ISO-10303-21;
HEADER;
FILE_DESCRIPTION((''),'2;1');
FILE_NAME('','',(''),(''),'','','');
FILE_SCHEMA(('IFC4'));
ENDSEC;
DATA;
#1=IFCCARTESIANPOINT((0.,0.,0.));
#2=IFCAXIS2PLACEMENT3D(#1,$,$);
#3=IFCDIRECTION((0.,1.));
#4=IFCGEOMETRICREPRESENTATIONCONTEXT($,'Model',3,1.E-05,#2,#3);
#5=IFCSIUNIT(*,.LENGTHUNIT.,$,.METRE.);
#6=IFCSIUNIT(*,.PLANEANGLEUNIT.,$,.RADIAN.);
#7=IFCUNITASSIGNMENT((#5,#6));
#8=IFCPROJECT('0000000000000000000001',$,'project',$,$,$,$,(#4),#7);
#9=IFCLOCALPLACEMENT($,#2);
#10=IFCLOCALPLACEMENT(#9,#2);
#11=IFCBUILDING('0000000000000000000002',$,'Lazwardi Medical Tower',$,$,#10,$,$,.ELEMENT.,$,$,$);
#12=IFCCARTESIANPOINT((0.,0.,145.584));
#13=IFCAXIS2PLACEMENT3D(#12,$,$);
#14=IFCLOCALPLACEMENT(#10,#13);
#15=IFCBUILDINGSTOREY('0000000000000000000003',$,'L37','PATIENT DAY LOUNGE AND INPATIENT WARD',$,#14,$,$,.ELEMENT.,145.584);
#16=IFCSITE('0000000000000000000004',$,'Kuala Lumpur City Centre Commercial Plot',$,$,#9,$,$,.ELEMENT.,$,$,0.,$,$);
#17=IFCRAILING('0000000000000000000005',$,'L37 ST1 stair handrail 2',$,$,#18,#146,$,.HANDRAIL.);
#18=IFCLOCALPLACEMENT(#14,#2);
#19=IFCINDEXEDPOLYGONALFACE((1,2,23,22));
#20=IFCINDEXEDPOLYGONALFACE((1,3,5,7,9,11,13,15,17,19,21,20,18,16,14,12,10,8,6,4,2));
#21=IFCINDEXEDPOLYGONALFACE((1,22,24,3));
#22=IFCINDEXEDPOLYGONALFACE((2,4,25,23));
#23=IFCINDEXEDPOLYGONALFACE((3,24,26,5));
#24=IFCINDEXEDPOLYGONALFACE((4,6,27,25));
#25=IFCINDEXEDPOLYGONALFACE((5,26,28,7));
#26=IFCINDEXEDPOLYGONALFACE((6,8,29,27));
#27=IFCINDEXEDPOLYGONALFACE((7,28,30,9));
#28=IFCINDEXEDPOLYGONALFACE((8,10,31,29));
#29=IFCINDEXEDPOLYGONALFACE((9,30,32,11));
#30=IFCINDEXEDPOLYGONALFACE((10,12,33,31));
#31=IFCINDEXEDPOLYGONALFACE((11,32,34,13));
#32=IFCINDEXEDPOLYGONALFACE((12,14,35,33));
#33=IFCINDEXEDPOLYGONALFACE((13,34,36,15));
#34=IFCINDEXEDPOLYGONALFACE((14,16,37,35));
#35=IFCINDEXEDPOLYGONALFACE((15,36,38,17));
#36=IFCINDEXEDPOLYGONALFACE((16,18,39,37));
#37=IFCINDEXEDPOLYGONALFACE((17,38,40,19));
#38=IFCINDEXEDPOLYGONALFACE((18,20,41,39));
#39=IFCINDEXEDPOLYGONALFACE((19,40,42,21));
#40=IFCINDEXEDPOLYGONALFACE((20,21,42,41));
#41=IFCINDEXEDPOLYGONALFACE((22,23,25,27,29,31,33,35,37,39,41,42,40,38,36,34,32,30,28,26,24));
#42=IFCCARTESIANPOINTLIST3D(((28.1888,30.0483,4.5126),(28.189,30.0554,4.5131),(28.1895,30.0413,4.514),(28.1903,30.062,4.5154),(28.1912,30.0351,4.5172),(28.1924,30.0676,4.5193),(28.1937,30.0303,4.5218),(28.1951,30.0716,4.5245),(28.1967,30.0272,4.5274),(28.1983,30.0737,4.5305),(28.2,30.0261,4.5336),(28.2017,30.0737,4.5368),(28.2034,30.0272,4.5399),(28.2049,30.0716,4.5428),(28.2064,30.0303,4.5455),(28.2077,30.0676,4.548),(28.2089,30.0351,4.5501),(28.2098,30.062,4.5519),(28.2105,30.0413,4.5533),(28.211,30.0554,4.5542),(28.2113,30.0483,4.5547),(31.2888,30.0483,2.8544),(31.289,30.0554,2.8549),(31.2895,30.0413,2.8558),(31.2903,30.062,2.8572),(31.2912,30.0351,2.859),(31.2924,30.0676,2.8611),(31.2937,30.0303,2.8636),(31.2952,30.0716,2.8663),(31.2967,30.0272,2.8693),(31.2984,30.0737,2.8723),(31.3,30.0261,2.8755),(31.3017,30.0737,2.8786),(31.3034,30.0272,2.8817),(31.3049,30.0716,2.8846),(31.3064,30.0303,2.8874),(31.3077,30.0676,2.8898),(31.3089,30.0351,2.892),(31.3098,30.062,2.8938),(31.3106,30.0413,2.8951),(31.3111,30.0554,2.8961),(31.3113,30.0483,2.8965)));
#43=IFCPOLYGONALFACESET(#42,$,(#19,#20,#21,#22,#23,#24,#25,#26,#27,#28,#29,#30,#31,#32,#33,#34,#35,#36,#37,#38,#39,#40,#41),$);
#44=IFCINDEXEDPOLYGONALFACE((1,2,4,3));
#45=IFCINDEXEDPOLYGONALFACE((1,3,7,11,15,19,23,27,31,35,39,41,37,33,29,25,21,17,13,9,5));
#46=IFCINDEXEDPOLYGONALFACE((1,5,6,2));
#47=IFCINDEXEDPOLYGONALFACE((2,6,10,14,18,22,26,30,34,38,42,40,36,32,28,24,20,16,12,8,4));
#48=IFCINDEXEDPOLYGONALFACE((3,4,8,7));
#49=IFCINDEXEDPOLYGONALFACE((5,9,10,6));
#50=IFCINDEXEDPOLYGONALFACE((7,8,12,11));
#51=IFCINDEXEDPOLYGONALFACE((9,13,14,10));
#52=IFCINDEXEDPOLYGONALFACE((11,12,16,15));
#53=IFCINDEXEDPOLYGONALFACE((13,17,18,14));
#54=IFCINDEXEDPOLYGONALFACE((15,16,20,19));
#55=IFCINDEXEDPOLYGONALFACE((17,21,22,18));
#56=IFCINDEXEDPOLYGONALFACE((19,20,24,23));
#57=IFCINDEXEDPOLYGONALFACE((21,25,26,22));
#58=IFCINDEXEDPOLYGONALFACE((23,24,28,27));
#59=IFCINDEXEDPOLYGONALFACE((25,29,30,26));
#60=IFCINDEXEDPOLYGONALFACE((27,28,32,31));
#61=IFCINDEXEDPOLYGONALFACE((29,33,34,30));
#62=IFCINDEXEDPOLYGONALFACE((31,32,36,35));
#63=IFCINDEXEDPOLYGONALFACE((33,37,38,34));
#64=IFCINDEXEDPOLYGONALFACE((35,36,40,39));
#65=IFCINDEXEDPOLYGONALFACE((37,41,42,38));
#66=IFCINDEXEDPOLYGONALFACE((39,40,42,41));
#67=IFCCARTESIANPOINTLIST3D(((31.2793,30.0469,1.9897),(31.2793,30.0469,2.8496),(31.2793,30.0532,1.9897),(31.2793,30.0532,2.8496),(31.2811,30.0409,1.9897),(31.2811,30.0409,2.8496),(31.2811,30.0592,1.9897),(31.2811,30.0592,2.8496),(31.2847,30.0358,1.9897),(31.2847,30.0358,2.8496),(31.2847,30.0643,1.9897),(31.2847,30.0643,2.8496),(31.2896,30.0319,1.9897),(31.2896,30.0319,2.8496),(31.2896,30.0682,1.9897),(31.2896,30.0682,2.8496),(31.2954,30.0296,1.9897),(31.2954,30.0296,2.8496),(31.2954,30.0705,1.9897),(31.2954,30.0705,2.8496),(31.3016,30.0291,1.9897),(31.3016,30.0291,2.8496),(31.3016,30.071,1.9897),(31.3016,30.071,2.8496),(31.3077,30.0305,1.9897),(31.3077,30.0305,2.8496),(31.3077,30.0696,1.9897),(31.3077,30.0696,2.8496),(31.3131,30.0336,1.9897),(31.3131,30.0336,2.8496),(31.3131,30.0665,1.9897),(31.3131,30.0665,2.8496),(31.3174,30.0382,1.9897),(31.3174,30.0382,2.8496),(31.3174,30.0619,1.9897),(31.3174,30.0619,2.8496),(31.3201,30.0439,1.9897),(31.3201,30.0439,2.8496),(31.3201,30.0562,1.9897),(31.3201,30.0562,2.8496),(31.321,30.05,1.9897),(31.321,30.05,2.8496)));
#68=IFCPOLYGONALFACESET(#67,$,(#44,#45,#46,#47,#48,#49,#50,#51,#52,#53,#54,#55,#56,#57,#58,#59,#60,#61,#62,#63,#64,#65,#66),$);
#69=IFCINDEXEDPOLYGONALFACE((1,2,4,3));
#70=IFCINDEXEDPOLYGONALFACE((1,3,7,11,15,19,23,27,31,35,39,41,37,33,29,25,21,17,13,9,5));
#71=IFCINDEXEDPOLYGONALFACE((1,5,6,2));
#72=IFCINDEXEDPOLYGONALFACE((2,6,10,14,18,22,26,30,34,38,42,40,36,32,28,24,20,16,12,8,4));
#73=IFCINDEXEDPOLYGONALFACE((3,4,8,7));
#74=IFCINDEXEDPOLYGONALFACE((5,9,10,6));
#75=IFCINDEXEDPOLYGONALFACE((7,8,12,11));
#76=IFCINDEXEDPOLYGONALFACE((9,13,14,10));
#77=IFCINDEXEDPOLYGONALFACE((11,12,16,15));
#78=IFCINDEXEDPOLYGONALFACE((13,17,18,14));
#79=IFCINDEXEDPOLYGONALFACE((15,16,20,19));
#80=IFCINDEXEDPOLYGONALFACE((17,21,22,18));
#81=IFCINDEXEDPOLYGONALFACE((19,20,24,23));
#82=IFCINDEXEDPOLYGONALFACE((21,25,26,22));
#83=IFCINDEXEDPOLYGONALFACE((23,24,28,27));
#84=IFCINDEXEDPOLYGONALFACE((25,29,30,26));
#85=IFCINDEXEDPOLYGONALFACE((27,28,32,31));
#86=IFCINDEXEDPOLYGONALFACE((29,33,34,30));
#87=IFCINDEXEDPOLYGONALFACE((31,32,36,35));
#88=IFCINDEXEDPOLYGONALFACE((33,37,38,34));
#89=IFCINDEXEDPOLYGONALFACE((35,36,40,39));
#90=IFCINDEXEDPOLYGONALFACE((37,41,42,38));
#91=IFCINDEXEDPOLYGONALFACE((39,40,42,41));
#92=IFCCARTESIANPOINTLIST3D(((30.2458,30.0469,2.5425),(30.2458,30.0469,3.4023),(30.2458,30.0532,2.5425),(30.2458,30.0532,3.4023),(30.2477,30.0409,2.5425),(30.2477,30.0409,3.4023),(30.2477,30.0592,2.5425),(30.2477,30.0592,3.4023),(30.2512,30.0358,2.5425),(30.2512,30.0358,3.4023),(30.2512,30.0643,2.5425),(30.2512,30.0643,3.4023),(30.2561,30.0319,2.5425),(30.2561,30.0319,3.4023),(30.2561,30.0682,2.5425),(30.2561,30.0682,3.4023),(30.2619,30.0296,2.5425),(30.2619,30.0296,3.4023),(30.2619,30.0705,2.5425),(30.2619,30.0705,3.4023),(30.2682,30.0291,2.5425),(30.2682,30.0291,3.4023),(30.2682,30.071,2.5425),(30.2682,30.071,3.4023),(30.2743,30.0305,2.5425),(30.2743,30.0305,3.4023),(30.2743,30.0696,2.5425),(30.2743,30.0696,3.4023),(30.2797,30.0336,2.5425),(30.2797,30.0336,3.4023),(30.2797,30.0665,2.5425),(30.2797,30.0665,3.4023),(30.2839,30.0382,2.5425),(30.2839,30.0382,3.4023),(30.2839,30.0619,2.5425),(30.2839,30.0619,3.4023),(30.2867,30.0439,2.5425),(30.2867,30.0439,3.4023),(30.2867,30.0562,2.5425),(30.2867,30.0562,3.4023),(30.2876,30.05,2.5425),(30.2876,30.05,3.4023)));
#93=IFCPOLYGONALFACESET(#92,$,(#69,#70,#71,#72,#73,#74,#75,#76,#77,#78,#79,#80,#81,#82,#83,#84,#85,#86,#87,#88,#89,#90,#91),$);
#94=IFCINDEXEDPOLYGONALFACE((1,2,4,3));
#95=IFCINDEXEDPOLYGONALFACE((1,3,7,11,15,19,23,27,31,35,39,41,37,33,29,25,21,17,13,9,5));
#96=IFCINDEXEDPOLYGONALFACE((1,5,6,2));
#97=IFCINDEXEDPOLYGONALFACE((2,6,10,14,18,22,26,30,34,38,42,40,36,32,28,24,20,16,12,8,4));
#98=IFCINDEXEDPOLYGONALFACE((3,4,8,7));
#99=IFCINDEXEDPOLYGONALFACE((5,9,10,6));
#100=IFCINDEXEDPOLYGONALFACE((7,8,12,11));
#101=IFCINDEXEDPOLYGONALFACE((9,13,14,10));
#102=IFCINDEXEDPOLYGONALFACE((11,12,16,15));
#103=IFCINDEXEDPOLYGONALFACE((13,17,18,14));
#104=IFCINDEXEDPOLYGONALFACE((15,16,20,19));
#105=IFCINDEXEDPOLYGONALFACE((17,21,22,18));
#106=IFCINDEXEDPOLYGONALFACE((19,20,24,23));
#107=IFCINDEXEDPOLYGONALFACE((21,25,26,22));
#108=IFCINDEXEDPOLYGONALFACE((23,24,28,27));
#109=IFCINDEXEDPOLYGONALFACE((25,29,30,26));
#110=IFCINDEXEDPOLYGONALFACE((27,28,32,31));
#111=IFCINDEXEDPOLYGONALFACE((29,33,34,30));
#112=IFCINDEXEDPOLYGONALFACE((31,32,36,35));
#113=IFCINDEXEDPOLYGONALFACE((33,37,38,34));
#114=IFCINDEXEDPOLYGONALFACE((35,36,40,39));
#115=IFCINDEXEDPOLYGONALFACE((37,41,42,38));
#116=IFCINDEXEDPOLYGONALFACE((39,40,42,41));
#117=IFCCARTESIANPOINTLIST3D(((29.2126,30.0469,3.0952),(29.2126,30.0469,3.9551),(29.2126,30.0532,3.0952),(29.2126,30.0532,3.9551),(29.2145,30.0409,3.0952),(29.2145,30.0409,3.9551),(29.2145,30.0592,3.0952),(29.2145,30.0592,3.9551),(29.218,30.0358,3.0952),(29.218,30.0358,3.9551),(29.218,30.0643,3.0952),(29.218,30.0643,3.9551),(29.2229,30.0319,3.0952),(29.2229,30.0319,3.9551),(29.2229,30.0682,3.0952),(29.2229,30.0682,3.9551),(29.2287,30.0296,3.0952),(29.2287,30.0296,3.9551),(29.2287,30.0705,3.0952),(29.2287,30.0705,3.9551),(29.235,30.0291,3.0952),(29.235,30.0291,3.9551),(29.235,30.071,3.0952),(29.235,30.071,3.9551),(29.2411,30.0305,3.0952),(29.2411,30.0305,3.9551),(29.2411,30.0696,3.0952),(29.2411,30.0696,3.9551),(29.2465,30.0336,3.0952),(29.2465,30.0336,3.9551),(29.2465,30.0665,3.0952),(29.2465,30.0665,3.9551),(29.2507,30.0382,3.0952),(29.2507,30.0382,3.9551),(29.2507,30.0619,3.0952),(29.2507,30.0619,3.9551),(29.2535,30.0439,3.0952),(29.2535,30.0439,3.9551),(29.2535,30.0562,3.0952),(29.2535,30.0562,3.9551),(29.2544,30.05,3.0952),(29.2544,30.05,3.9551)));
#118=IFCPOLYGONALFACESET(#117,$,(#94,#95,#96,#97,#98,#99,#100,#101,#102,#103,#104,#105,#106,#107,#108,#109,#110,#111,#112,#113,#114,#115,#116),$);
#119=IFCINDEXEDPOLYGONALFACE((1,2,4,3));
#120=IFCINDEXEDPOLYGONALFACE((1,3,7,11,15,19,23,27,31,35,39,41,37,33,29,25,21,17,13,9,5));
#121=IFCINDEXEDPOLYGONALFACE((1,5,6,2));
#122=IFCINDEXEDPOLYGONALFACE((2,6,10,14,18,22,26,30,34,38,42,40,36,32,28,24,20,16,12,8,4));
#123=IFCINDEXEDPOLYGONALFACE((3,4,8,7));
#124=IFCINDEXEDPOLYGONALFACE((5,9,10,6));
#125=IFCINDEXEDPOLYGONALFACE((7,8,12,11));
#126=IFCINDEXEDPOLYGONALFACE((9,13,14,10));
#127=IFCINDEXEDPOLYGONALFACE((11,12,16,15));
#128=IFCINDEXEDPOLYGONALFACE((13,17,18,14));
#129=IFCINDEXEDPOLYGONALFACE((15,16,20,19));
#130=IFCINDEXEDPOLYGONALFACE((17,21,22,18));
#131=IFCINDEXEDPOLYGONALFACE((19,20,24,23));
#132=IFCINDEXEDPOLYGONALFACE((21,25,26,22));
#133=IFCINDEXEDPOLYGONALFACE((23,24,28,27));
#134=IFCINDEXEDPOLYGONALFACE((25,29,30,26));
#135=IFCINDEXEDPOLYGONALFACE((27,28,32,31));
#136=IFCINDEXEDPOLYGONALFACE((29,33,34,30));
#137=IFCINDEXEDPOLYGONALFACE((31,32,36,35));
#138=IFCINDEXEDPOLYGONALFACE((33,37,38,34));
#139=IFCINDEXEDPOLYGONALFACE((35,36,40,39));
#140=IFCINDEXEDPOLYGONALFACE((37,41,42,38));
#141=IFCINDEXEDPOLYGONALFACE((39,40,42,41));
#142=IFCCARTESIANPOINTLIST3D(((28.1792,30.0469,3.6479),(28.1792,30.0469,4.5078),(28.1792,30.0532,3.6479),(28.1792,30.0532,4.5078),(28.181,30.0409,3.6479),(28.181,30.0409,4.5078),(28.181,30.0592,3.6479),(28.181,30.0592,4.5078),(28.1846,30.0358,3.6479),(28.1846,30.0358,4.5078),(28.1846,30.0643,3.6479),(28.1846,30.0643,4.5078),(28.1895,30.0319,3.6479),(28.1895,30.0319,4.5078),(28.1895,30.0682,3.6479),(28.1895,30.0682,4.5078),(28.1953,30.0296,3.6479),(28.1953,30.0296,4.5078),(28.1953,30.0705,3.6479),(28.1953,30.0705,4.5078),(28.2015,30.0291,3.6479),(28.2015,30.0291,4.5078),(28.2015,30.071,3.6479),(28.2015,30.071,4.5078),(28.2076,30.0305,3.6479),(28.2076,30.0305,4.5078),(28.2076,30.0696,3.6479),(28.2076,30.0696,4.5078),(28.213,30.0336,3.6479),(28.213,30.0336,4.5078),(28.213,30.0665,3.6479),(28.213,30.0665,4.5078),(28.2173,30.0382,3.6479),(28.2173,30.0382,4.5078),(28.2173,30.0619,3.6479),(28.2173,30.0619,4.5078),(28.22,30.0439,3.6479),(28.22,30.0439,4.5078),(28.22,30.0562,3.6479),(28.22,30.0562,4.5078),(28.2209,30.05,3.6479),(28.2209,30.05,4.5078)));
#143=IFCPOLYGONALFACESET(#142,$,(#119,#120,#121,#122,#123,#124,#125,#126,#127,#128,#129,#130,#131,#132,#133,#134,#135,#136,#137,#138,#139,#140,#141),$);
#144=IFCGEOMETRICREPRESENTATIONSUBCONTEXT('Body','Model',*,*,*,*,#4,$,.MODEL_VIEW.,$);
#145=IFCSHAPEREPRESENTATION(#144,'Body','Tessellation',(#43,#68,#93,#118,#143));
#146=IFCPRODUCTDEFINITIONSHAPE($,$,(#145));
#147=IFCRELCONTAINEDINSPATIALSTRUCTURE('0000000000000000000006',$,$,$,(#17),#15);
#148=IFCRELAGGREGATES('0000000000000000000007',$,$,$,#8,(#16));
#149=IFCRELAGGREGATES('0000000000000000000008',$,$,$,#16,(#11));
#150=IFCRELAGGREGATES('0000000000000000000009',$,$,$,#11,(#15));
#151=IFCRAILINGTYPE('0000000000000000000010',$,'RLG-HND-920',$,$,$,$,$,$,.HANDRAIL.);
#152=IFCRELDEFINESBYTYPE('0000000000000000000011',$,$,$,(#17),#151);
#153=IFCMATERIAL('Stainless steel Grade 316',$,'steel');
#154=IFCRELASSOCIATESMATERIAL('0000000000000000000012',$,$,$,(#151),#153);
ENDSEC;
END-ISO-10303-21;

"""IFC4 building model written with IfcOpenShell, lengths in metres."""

from ifc_helpers import new_model, si_unit, direction, frame, origin, origin_2d, place, context, subcontext, project, spatial, circle, extrude, material, type_object, element, save


model = new_model("IFC4")

# Units and contexts
model_context = context("Model", 3, precision=1e-05, world=origin(), true_north=direction((0.0, 1.0)))
body_context = subcontext(model_context, "Body", "Model", "MODEL_VIEW")
ifc_project = project(units=[si_unit("LENGTHUNIT", "METRE"), si_unit("PLANEANGLEUNIT", "RADIAN")], contexts=[model_context])

# Site, building, storey
site_placement = place(None, origin())
site = spatial("IfcSite", under=ifc_project, at=site_placement, Name="Kuala Lumpur City Centre Commercial Plot", CompositionType="ELEMENT", RefElevation=0.0)
building_placement = place(site_placement, origin())
building = spatial("IfcBuilding", under=site, at=building_placement, Name="Lazwardi Medical Tower", CompositionType="ELEMENT")
storey_placement = place(building_placement, frame((0.0, 0.0, 145.584)))
storey = spatial("IfcBuildingStorey", under=building, at=storey_placement, Name="L37", Description="PATIENT DAY LOUNGE AND INPATIENT WARD", CompositionType="ELEMENT", Elevation=145.584)

# Railing
ifc_material_1 = material(Name="Stainless steel Grade 316", Category="steel")
railing_type_1 = type_object("IfcRailingType", Name="RLG-HND-920", PredefinedType="HANDRAIL", material=ifc_material_1)
railing_1_placement = place(storey_placement, frame((31.3, 30.05, 1.9897)))
element("IfcRailing", 1, at=railing_1_placement, inside=storey, type_object=railing_type_1, Name="L37 ST1 stair handrail 2", PredefinedType="HANDRAIL", context=body_context, shape_type="SweptSolid", body=[
    extrude(circle(Radius=0.0239, at=origin_2d()), frame((0.0, 0.0, 0.8857), z_axis=(-0.881783, 0.0, 0.471655), x_axis=(0.0, -1.0, 0.0)), (0.0, 0.0, 1.0), 3.5156),
    extrude(circle(Radius=0.021, at=origin_2d()), origin(), (0.0, 0.0, 1.0), 0.8599),
    extrude(circle(Radius=0.021, at=origin_2d()), frame((-1.0334, 0.0, 0.5527)), (0.0, 0.0, 1.0), 0.8599),
    extrude(circle(Radius=0.021, at=origin_2d()), frame((-2.0667, 0.0, 1.1055)), (0.0, 0.0, 1.0), 0.8599),
    extrude(circle(Radius=0.021, at=origin_2d()), frame((-3.1001, 0.0, 1.6582)), (0.0, 0.0, 1.0), 0.8599),
])

save(model, "model.ifc")
